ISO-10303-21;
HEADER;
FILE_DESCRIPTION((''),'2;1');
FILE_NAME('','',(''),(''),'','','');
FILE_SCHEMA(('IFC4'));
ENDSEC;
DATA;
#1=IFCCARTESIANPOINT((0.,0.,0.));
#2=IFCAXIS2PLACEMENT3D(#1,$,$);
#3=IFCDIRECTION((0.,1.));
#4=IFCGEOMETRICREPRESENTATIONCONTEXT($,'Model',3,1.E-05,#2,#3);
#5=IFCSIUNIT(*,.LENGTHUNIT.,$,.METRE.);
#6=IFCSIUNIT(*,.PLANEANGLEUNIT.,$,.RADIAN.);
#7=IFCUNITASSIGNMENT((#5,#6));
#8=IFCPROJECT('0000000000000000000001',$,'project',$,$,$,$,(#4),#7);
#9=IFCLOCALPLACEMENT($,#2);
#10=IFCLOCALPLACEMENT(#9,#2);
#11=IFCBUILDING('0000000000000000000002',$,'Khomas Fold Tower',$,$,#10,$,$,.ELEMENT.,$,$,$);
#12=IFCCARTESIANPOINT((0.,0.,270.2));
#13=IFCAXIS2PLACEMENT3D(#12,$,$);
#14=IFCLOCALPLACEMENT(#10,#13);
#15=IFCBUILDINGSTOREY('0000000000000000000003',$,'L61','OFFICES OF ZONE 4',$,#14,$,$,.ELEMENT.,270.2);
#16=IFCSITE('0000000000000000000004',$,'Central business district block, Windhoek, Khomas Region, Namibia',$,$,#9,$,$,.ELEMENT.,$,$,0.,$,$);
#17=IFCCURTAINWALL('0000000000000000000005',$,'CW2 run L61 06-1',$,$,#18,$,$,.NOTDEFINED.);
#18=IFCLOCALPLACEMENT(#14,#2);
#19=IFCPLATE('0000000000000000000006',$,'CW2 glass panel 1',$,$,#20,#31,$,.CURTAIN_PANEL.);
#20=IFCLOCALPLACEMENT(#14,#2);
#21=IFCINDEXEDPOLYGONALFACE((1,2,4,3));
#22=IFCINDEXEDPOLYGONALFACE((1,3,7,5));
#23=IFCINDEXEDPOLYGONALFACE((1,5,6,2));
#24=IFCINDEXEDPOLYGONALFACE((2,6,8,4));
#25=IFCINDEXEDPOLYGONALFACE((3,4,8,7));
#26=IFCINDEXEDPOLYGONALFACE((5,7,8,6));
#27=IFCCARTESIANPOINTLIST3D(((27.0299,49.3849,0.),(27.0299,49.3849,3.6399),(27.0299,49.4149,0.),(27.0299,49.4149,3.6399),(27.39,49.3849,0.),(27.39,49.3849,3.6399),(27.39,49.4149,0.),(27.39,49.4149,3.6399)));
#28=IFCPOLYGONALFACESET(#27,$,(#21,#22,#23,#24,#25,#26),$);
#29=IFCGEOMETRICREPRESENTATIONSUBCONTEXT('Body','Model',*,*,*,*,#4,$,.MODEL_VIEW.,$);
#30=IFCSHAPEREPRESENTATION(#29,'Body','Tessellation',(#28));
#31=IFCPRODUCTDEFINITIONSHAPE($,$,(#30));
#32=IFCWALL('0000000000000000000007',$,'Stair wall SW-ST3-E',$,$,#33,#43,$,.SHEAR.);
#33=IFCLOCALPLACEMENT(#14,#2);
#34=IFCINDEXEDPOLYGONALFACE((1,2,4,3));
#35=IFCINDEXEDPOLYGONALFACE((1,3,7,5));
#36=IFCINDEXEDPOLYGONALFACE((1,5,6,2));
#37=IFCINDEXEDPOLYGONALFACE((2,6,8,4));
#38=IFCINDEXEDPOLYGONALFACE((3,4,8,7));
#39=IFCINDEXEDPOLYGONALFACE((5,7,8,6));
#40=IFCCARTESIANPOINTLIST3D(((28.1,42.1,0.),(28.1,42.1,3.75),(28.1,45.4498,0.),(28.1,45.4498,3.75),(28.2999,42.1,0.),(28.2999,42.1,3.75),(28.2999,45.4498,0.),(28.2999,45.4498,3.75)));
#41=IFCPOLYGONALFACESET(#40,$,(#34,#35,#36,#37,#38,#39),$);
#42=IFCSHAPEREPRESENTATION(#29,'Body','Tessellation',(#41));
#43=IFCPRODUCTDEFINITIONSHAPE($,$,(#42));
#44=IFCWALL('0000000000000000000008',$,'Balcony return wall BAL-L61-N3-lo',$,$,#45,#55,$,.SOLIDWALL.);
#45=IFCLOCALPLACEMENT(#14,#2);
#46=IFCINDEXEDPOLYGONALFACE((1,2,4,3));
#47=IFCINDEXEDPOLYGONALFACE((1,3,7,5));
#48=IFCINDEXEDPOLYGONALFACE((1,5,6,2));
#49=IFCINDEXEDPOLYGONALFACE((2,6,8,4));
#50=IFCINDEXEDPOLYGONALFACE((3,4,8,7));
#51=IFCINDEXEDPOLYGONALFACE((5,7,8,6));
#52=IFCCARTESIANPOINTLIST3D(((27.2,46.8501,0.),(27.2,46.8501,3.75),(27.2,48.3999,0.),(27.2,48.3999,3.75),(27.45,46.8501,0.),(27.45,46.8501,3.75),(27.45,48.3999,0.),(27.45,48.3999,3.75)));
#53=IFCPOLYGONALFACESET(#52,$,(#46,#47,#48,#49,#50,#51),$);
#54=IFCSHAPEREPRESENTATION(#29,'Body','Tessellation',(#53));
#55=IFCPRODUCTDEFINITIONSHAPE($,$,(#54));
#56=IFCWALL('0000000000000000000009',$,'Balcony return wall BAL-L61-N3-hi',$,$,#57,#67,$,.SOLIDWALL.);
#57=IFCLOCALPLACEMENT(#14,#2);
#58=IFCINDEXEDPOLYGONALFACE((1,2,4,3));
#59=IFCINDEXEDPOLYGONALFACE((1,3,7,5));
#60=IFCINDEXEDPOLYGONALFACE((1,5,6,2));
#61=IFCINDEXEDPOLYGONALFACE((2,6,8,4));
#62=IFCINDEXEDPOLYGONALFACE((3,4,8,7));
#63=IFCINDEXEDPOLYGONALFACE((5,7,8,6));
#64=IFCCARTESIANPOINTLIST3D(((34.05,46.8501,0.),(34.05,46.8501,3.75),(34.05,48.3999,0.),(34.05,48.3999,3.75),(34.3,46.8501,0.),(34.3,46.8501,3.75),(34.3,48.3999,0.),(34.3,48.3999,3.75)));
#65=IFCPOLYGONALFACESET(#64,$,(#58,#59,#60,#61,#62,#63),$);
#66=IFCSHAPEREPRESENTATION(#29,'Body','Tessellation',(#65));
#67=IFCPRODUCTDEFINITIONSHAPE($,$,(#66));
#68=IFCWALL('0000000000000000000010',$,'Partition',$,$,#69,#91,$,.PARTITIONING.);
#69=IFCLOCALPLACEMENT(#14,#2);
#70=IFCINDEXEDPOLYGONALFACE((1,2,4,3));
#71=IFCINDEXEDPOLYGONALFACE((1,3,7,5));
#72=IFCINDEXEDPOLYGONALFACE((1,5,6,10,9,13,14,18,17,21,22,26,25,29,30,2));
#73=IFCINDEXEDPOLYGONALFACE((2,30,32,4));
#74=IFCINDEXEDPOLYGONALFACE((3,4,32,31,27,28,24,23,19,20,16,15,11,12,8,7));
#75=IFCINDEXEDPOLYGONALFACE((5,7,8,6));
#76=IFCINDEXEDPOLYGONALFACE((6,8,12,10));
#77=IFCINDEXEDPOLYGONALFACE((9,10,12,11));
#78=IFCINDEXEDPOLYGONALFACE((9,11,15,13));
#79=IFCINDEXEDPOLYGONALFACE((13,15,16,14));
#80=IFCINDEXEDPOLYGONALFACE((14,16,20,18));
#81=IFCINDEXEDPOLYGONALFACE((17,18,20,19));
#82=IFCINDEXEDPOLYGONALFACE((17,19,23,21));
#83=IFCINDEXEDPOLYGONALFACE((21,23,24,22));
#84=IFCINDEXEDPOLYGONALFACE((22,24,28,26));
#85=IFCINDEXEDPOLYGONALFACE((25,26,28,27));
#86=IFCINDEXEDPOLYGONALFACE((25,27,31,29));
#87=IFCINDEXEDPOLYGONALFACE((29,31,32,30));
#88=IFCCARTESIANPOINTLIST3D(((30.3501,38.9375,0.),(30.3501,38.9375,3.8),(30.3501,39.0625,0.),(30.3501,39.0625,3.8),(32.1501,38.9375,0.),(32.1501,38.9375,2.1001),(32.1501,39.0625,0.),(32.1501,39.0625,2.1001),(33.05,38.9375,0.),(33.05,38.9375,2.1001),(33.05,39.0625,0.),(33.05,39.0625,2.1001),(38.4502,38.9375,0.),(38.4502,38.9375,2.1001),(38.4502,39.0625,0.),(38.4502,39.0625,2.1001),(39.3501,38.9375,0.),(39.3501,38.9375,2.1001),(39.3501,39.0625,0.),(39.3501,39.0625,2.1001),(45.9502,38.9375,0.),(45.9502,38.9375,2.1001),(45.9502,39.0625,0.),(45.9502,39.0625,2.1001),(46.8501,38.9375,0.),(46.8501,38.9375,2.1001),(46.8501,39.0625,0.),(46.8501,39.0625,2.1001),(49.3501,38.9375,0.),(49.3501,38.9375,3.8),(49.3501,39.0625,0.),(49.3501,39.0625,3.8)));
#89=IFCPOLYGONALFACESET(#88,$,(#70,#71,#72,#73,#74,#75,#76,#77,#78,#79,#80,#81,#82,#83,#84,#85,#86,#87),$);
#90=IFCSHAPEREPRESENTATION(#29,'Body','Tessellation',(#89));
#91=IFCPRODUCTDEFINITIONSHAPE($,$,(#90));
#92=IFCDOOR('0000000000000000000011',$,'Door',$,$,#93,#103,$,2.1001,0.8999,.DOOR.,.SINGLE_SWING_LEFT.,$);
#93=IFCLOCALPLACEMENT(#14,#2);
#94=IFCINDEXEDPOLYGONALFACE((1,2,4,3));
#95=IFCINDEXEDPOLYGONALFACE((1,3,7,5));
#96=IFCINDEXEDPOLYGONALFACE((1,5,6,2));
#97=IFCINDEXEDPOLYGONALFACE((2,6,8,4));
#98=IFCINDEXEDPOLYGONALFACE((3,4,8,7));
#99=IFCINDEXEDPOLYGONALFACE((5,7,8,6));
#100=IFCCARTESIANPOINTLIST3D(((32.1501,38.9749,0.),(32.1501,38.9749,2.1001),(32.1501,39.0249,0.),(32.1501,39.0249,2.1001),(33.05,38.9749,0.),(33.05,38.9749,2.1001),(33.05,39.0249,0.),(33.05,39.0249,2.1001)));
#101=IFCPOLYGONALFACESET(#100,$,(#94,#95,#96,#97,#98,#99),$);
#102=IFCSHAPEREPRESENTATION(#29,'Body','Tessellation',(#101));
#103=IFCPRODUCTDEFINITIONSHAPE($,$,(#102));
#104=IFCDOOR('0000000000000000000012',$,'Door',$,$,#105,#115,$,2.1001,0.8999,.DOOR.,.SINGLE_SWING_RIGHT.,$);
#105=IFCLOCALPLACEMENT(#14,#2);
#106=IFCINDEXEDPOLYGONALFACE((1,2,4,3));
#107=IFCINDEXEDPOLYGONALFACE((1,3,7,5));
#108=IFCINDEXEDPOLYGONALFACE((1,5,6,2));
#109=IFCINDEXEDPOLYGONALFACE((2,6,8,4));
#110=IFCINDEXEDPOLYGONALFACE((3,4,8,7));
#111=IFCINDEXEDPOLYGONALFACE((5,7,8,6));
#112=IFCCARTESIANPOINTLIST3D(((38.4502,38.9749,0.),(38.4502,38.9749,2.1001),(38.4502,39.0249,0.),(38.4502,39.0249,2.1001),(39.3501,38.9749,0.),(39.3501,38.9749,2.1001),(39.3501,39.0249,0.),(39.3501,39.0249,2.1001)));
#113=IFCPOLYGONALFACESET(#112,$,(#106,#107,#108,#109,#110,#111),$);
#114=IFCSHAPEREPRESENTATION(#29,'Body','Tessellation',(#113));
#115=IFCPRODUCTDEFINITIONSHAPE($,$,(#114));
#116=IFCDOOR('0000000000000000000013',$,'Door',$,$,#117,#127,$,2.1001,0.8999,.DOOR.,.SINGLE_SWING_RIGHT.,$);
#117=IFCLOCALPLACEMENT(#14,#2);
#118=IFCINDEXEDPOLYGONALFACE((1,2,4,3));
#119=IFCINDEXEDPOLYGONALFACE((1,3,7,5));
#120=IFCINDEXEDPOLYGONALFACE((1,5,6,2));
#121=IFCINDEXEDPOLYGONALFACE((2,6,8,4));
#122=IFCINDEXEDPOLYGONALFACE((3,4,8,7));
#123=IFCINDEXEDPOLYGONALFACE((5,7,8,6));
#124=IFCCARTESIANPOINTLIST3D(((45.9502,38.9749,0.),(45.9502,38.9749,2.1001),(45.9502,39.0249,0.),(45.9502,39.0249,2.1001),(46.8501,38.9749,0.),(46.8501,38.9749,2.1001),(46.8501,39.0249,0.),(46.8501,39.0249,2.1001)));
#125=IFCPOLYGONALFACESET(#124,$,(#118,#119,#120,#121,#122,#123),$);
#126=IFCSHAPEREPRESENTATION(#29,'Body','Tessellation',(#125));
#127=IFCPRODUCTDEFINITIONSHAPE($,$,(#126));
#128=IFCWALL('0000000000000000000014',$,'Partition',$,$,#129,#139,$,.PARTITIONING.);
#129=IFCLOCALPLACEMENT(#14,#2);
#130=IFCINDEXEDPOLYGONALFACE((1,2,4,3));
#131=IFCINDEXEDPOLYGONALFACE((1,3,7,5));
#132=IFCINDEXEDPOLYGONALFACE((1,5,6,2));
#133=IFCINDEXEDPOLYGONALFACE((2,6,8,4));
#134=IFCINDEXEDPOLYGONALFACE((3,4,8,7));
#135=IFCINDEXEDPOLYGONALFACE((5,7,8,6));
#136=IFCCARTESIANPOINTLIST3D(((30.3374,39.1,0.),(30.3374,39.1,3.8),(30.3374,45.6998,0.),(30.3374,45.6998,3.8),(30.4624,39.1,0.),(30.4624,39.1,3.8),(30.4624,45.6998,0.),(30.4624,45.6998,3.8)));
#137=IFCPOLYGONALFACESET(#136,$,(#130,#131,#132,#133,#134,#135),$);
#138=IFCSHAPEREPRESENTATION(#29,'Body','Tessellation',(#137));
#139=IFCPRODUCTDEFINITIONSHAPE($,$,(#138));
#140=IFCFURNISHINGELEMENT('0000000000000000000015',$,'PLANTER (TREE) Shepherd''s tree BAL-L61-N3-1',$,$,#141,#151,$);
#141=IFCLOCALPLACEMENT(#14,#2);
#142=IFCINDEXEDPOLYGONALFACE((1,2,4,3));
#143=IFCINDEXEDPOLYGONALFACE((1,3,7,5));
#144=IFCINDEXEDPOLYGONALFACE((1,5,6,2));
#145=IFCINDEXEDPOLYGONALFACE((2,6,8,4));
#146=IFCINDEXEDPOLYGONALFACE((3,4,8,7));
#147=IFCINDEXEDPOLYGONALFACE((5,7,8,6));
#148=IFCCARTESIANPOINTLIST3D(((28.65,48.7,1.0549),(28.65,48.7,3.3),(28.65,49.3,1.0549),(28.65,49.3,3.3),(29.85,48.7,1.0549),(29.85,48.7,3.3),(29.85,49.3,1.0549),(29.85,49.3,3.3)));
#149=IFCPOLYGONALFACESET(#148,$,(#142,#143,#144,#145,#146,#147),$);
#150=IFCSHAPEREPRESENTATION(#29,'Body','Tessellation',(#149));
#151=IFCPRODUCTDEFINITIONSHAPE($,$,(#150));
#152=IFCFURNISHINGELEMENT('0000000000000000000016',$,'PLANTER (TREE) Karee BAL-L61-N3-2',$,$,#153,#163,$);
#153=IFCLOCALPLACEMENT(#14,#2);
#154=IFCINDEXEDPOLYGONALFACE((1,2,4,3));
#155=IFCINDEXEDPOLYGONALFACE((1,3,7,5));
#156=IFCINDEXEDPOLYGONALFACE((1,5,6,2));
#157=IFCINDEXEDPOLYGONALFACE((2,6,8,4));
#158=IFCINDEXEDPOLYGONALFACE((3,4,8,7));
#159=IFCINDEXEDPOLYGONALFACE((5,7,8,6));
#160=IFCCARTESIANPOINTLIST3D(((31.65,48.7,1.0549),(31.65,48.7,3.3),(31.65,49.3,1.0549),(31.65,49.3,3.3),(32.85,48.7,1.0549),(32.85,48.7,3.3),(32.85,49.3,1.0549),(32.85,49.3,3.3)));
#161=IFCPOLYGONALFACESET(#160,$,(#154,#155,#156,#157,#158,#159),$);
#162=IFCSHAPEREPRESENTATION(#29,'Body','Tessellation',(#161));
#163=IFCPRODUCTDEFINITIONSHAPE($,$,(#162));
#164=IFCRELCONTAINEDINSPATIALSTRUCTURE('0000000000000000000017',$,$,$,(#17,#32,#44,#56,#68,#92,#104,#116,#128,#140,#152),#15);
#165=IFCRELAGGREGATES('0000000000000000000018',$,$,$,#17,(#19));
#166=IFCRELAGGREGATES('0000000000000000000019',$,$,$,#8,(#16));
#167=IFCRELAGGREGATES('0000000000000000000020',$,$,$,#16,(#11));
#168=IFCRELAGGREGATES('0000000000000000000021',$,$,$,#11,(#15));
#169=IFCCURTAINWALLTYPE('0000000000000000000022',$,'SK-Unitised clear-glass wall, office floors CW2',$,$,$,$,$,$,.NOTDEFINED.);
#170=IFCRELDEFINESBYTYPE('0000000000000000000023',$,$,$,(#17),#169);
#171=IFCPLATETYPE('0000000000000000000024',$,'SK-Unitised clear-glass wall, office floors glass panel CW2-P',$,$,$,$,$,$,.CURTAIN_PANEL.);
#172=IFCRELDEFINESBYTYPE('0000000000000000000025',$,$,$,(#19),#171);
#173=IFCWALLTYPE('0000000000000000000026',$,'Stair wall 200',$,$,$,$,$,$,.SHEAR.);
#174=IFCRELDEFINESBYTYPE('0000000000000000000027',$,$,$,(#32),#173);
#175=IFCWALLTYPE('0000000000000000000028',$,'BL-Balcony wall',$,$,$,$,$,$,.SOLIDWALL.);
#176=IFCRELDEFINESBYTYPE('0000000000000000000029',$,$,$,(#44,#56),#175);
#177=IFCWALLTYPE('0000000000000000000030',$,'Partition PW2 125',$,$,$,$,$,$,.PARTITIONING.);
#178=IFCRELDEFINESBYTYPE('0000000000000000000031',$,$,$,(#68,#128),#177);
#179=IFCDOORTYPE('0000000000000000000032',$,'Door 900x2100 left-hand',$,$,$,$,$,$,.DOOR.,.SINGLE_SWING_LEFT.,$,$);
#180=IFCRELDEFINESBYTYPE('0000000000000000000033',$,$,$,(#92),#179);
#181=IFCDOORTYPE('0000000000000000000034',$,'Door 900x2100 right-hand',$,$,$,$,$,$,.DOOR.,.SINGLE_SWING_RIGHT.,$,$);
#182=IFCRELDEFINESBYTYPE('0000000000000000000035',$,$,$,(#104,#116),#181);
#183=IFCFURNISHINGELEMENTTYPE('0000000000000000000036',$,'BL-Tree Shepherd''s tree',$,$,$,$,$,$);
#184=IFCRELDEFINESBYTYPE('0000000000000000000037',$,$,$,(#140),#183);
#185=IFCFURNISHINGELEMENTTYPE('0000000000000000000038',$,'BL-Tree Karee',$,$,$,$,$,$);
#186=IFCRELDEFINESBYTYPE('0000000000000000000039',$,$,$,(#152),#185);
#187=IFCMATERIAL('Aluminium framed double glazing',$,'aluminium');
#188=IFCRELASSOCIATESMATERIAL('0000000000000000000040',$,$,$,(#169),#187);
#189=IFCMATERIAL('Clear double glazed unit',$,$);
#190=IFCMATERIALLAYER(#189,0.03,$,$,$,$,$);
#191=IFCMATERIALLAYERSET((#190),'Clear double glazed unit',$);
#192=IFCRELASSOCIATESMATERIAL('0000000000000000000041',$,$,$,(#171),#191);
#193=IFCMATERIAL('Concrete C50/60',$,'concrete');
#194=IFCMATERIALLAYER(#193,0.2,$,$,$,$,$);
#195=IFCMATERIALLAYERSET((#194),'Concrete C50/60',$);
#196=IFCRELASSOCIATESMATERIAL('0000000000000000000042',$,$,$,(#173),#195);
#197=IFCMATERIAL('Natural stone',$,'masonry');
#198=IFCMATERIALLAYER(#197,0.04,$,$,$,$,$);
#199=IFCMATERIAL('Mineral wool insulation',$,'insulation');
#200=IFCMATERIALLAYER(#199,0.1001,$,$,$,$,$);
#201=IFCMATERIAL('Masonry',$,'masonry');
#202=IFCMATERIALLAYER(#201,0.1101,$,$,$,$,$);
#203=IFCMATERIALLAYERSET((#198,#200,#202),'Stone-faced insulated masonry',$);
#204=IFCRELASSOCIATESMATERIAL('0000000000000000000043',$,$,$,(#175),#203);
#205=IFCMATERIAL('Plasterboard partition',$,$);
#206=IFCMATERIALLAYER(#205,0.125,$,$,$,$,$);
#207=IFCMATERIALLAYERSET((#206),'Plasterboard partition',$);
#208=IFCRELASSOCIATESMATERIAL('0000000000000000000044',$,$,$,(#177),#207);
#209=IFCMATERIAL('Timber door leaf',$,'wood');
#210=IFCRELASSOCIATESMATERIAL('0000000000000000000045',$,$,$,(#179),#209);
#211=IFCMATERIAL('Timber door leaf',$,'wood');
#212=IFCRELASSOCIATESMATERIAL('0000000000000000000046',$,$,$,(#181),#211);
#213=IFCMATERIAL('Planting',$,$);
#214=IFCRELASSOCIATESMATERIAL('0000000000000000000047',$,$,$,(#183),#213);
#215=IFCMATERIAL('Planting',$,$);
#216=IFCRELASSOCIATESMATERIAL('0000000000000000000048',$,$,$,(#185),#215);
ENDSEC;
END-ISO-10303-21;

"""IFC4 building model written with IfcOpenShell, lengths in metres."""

from ifc_helpers import new_model, si_unit, direction, frame, frame_2d, origin, origin_2d, place, context, subcontext, project, spatial, rectangle, extrude, source, transform, mapped, material, layer, layer_set, type_object, element, fill, aggregate, save


model = new_model("IFC4")

# Units and contexts
model_context = context("Model", 3, precision=1e-05, world=origin(), true_north=direction((0.0, 1.0)))
body_context = subcontext(model_context, "Body", "Model", "MODEL_VIEW")
ifc_project = project(units=[si_unit("LENGTHUNIT", "METRE"), si_unit("PLANEANGLEUNIT", "RADIAN")], contexts=[model_context])

# Site, building, storey
site_placement = place(None, origin())
site = spatial("IfcSite", under=ifc_project, at=site_placement, Name="Central business district block, Windhoek, Khomas Region, Namibia", CompositionType="ELEMENT", RefElevation=0.0)
building_placement = place(site_placement, origin())
building = spatial("IfcBuilding", under=site, at=building_placement, Name="Khomas Fold Tower", CompositionType="ELEMENT")
storey_placement = place(building_placement, frame((0.0, 0.0, 270.2)))
storey = spatial("IfcBuildingStorey", under=building, at=storey_placement, Name="L61", Description="OFFICES OF ZONE 4", CompositionType="ELEMENT", Elevation=270.2)

# Shared definitions
ifc_material_1 = material(Name="Aluminium framed double glazing", Category="aluminium")
curtain_wall_type = type_object("IfcCurtainWallType", Name="SK-Unitised clear-glass wall, office floors CW2", PredefinedType="NOTDEFINED", material=ifc_material_1)

# Curtain wall, plate
curtain_wall_1_placement = place(storey_placement, origin())
curtain_wall_1 = element("IfcCurtainWall", 1, at=curtain_wall_1_placement, inside=storey, type_object=curtain_wall_type, Name="CW2 run L61 06-1", PredefinedType="NOTDEFINED")
ifc_material_2 = material(Name="Clear double glazed unit")
ifc_layer_1 = layer(ifc_material_2, 0.03)
ifc_layer_set_1 = layer_set([ifc_layer_1], Name="Clear double glazed unit")
plate_type = type_object("IfcPlateType", Name="SK-Unitised clear-glass wall, office floors glass panel CW2-P", PredefinedType="CURTAIN_PANEL", material=ifc_layer_set_1)
shared_shape_1 = source(origin(), body_context, "Body", "SweptSolid", [
    extrude(rectangle(XDim=0.3601, YDim=0.03, at=origin_2d()), origin(), (0.0, 0.0, 1.0), 3.6399),
])
plate_placement = place(storey_placement, frame((27.21, 49.3999, 0.0), z_axis=(0.0, 0.0, 1.0), x_axis=(-1.0, 0.0, 0.0)))
plate = element("IfcPlate", 2, at=plate_placement, type_object=plate_type, Name="CW2 glass panel 1", PredefinedType="CURTAIN_PANEL", context=body_context, shape_type="MappedRepresentation", body=[
    mapped(shared_shape_1, transform((0.0, 0.0, 0.0))),
])
aggregate(curtain_wall_1, [plate])

# Wall
ifc_material_3 = material(Name="Concrete C50/60", Category="concrete")
ifc_layer_2 = layer(ifc_material_3, 0.2)
ifc_layer_set_2 = layer_set([ifc_layer_2], Name="Concrete C50/60")
wall_type_1 = type_object("IfcWallType", Name="Stair wall 200", PredefinedType="SHEAR", material=ifc_layer_set_2)
shared_shape_2 = source(origin(), body_context, "Body", "SweptSolid", [
    extrude(rectangle(XDim=3.3499, YDim=0.2, at=frame_2d((1.6748, 0.0))), origin(), (0.0, 0.0, 1.0), 3.75),
])
wall_1_placement = place(storey_placement, frame((28.2, 42.1001, 0.0), z_axis=(0.0, 0.0, 1.0), x_axis=(0.0, 1.0, 0.0)))
element("IfcWall", 3, at=wall_1_placement, inside=storey, type_object=wall_type_1, Name="Stair wall SW-ST3-E", PredefinedType="SHEAR", context=body_context, shape_type="MappedRepresentation", body=[
    mapped(shared_shape_2, transform((0.0, 0.0, 0.0))),
])

# Shared definitions
ifc_material_4 = material(Name="Natural stone", Category="masonry")
ifc_layer_3 = layer(ifc_material_4, 0.04)
ifc_material_5 = material(Name="Mineral wool insulation", Category="insulation")
ifc_layer_4 = layer(ifc_material_5, 0.1001)
ifc_material_6 = material(Name="Masonry", Category="masonry")
ifc_layer_5 = layer(ifc_material_6, 0.1101)
ifc_layer_set_3 = layer_set([ifc_layer_3, ifc_layer_4, ifc_layer_5], Name="Stone-faced insulated masonry")
wall_type_2 = type_object("IfcWallType", Name="BL-Balcony wall", PredefinedType="SOLIDWALL", material=ifc_layer_set_3)

# Walls
shared_shape_3 = source(origin(), body_context, "Body", "SweptSolid", [
    extrude(rectangle(XDim=1.5498, YDim=0.25, at=frame_2d((0.7749, 0.0))), origin(), (0.0, 0.0, 1.0), 3.75),
])
for number, where, z_axis, x_axis, name in (
    (4, (27.325, 48.3999, 0.0), (0.0, 0.0, 1.0), (0.0, -1.0, 0.0), "Balcony return wall BAL-L61-N3-lo"),
    (5, (34.175, 48.3999, 0.0), (0.0, 0.0, 1.0), (0.0, -1.0, 0.0), "Balcony return wall BAL-L61-N3-hi"),
):
    element("IfcWall", number, at=place(storey_placement, frame(where, z_axis=z_axis, x_axis=x_axis)), inside=storey, type_object=wall_type_2, Name=name, PredefinedType="SOLIDWALL", context=body_context, shape_type="MappedRepresentation", body=[
        mapped(shared_shape_3, transform((0.0, 0.0, 0.0))),
    ])

# Wall, openings, doors
ifc_material_7 = material(Name="Plasterboard partition")
ifc_layer_6 = layer(ifc_material_7, 0.125)
ifc_layer_set_4 = layer_set([ifc_layer_6], Name="Plasterboard partition")
wall_type_3 = type_object("IfcWallType", Name="Partition PW2 125", PredefinedType="PARTITIONING", material=ifc_layer_set_4)
shared_shape_4 = source(origin(), body_context, "Body", "SweptSolid", [
    extrude(rectangle(XDim=19.0, YDim=0.125, at=frame_2d((9.5, 0.0))), origin(), (0.0, 0.0, 1.0), 3.8),
])
wall_2_placement = place(storey_placement, frame((30.3501, 39.0, 0.0), z_axis=(0.0, 0.0, 1.0), x_axis=(1.0, 0.0, 0.0)))
wall_2 = element("IfcWall", 6, at=wall_2_placement, inside=storey, type_object=wall_type_3, Name="Partition", PredefinedType="PARTITIONING", context=body_context, shape_type="MappedRepresentation", body=[
    mapped(shared_shape_4, transform((0.0, 0.0, 0.0))),
])
shared_shape_5 = source(origin(), body_context, "Body", "SweptSolid", [
    extrude(rectangle(XDim=0.8999, YDim=2.1001, at=frame_2d((0.45, 1.05))), frame((0.0, 0.0725, 0.0), z_axis=(0.0, -1.0, 0.0), x_axis=(1.0, 0.0, 0.0)), (0.0, 0.0, 1.0), 0.145),
])
opening_1_placement = place(wall_2_placement, frame((1.8, 0.0, 0.0)))
opening_1 = element("IfcOpeningElement", 7, at=opening_1_placement, cuts=wall_2, PredefinedType="OPENING", context=body_context, shape_type="MappedRepresentation", body=[
    mapped(shared_shape_5, transform((0.0, 0.0, 0.0))),
])
opening_2_placement = place(wall_2_placement, frame((8.1001, 0.0, 0.0)))
opening_2 = element("IfcOpeningElement", 8, at=opening_2_placement, cuts=wall_2, PredefinedType="OPENING", context=body_context, shape_type="MappedRepresentation", body=[
    mapped(shared_shape_5, transform((0.0, 0.0, 0.0))),
])
opening_3_placement = place(wall_2_placement, frame((15.6001, 0.0, 0.0)))
opening_3 = element("IfcOpeningElement", 9, at=opening_3_placement, cuts=wall_2, PredefinedType="OPENING", context=body_context, shape_type="MappedRepresentation", body=[
    mapped(shared_shape_5, transform((0.0, 0.0, 0.0))),
])
ifc_material_8 = material(Name="Timber door leaf", Category="wood")
door_type_1 = type_object("IfcDoorType", Name="Door 900x2100 left-hand", OperationType="SINGLE_SWING_LEFT", PredefinedType="DOOR", material=ifc_material_8)
shared_shape_6 = source(origin(), body_context, "Body", "SweptSolid", [
    extrude(rectangle(XDim=0.8999, YDim=2.1001, at=frame_2d((0.45, 1.05))), frame((0.0, 0.0249, 0.0), z_axis=(0.0, -1.0, 0.0), x_axis=(1.0, 0.0, 0.0)), (0.0, 0.0, 1.0), 0.05),
])
door_1_placement = place(opening_1_placement, origin())
door_1 = element("IfcDoor", 10, at=door_1_placement, inside=storey, type_object=door_type_1, Name="Door", OperationType="SINGLE_SWING_LEFT", OverallHeight=2.1001, OverallWidth=0.8999, PredefinedType="DOOR", context=body_context, shape_type="MappedRepresentation", body=[
    mapped(shared_shape_6, transform((0.0, 0.0, 0.0))),
])
fill(opening_1, door_1)
ifc_material_9 = material(Name="Timber door leaf", Category="wood")
door_type_2 = type_object("IfcDoorType", Name="Door 900x2100 right-hand", OperationType="SINGLE_SWING_RIGHT", PredefinedType="DOOR", material=ifc_material_9)
door_2_placement = place(opening_2_placement, origin())
door_2 = element("IfcDoor", 11, at=door_2_placement, inside=storey, type_object=door_type_2, Name="Door", OperationType="SINGLE_SWING_RIGHT", OverallHeight=2.1001, OverallWidth=0.8999, PredefinedType="DOOR", context=body_context, shape_type="MappedRepresentation", body=[
    mapped(shared_shape_6, transform((0.0, 0.0, 0.0))),
])
fill(opening_2, door_2)
door_3_placement = place(opening_3_placement, origin())
door_3 = element("IfcDoor", 12, at=door_3_placement, inside=storey, type_object=door_type_2, Name="Door", OperationType="SINGLE_SWING_RIGHT", OverallHeight=2.1001, OverallWidth=0.8999, PredefinedType="DOOR", context=body_context, shape_type="MappedRepresentation", body=[
    mapped(shared_shape_6, transform((0.0, 0.0, 0.0))),
])
fill(opening_3, door_3)

# Wall
shared_shape_7 = source(origin(), body_context, "Body", "SweptSolid", [
    extrude(rectangle(XDim=6.5999, YDim=0.125, at=frame_2d((3.2998, 0.0))), origin(), (0.0, 0.0, 1.0), 3.8),
])
wall_3_placement = place(storey_placement, frame((30.3999, 39.1001, 0.0), z_axis=(0.0, 0.0, 1.0), x_axis=(0.0, 1.0, 0.0)))
element("IfcWall", 13, at=wall_3_placement, inside=storey, type_object=wall_type_3, Name="Partition", PredefinedType="PARTITIONING", context=body_context, shape_type="MappedRepresentation", body=[
    mapped(shared_shape_7, transform((0.0, 0.0, 0.0))),
])

# Furnishing elements
ifc_material_10 = material(Name="Planting")
furnishing_element_type_1 = type_object("IfcFurnishingElementType", Name="BL-Tree Shepherd's tree", material=ifc_material_10)
shared_shape_8 = source(origin(), body_context, "Body", "SweptSolid", [
    extrude(rectangle(XDim=1.2, YDim=0.6001, at=origin_2d()), origin(), (0.0, 0.0, 1.0), 2.2451),
])
furnishing_1_placement = place(storey_placement, frame((29.25, 49.0, 1.0549), z_axis=(0.0, 0.0, 1.0), x_axis=(1.0, 0.0, 0.0)))
element("IfcFurnishingElement", 14, at=furnishing_1_placement, inside=storey, type_object=furnishing_element_type_1, Name="PLANTER (TREE) Shepherd's tree BAL-L61-N3-1", context=body_context, shape_type="MappedRepresentation", body=[
    mapped(shared_shape_8, transform((0.0, 0.0, 0.0))),
])
ifc_material_11 = material(Name="Planting")
furnishing_element_type_2 = type_object("IfcFurnishingElementType", Name="BL-Tree Karee", material=ifc_material_11)
furnishing_2_placement = place(storey_placement, frame((32.25, 49.0, 1.0549), z_axis=(0.0, 0.0, 1.0), x_axis=(1.0, 0.0, 0.0)))
element("IfcFurnishingElement", 15, at=furnishing_2_placement, inside=storey, type_object=furnishing_element_type_2, Name="PLANTER (TREE) Karee BAL-L61-N3-2", context=body_context, shape_type="MappedRepresentation", body=[
    mapped(shared_shape_8, transform((0.0, 0.0, 0.0))),
])

save(model, "model.ifc")
